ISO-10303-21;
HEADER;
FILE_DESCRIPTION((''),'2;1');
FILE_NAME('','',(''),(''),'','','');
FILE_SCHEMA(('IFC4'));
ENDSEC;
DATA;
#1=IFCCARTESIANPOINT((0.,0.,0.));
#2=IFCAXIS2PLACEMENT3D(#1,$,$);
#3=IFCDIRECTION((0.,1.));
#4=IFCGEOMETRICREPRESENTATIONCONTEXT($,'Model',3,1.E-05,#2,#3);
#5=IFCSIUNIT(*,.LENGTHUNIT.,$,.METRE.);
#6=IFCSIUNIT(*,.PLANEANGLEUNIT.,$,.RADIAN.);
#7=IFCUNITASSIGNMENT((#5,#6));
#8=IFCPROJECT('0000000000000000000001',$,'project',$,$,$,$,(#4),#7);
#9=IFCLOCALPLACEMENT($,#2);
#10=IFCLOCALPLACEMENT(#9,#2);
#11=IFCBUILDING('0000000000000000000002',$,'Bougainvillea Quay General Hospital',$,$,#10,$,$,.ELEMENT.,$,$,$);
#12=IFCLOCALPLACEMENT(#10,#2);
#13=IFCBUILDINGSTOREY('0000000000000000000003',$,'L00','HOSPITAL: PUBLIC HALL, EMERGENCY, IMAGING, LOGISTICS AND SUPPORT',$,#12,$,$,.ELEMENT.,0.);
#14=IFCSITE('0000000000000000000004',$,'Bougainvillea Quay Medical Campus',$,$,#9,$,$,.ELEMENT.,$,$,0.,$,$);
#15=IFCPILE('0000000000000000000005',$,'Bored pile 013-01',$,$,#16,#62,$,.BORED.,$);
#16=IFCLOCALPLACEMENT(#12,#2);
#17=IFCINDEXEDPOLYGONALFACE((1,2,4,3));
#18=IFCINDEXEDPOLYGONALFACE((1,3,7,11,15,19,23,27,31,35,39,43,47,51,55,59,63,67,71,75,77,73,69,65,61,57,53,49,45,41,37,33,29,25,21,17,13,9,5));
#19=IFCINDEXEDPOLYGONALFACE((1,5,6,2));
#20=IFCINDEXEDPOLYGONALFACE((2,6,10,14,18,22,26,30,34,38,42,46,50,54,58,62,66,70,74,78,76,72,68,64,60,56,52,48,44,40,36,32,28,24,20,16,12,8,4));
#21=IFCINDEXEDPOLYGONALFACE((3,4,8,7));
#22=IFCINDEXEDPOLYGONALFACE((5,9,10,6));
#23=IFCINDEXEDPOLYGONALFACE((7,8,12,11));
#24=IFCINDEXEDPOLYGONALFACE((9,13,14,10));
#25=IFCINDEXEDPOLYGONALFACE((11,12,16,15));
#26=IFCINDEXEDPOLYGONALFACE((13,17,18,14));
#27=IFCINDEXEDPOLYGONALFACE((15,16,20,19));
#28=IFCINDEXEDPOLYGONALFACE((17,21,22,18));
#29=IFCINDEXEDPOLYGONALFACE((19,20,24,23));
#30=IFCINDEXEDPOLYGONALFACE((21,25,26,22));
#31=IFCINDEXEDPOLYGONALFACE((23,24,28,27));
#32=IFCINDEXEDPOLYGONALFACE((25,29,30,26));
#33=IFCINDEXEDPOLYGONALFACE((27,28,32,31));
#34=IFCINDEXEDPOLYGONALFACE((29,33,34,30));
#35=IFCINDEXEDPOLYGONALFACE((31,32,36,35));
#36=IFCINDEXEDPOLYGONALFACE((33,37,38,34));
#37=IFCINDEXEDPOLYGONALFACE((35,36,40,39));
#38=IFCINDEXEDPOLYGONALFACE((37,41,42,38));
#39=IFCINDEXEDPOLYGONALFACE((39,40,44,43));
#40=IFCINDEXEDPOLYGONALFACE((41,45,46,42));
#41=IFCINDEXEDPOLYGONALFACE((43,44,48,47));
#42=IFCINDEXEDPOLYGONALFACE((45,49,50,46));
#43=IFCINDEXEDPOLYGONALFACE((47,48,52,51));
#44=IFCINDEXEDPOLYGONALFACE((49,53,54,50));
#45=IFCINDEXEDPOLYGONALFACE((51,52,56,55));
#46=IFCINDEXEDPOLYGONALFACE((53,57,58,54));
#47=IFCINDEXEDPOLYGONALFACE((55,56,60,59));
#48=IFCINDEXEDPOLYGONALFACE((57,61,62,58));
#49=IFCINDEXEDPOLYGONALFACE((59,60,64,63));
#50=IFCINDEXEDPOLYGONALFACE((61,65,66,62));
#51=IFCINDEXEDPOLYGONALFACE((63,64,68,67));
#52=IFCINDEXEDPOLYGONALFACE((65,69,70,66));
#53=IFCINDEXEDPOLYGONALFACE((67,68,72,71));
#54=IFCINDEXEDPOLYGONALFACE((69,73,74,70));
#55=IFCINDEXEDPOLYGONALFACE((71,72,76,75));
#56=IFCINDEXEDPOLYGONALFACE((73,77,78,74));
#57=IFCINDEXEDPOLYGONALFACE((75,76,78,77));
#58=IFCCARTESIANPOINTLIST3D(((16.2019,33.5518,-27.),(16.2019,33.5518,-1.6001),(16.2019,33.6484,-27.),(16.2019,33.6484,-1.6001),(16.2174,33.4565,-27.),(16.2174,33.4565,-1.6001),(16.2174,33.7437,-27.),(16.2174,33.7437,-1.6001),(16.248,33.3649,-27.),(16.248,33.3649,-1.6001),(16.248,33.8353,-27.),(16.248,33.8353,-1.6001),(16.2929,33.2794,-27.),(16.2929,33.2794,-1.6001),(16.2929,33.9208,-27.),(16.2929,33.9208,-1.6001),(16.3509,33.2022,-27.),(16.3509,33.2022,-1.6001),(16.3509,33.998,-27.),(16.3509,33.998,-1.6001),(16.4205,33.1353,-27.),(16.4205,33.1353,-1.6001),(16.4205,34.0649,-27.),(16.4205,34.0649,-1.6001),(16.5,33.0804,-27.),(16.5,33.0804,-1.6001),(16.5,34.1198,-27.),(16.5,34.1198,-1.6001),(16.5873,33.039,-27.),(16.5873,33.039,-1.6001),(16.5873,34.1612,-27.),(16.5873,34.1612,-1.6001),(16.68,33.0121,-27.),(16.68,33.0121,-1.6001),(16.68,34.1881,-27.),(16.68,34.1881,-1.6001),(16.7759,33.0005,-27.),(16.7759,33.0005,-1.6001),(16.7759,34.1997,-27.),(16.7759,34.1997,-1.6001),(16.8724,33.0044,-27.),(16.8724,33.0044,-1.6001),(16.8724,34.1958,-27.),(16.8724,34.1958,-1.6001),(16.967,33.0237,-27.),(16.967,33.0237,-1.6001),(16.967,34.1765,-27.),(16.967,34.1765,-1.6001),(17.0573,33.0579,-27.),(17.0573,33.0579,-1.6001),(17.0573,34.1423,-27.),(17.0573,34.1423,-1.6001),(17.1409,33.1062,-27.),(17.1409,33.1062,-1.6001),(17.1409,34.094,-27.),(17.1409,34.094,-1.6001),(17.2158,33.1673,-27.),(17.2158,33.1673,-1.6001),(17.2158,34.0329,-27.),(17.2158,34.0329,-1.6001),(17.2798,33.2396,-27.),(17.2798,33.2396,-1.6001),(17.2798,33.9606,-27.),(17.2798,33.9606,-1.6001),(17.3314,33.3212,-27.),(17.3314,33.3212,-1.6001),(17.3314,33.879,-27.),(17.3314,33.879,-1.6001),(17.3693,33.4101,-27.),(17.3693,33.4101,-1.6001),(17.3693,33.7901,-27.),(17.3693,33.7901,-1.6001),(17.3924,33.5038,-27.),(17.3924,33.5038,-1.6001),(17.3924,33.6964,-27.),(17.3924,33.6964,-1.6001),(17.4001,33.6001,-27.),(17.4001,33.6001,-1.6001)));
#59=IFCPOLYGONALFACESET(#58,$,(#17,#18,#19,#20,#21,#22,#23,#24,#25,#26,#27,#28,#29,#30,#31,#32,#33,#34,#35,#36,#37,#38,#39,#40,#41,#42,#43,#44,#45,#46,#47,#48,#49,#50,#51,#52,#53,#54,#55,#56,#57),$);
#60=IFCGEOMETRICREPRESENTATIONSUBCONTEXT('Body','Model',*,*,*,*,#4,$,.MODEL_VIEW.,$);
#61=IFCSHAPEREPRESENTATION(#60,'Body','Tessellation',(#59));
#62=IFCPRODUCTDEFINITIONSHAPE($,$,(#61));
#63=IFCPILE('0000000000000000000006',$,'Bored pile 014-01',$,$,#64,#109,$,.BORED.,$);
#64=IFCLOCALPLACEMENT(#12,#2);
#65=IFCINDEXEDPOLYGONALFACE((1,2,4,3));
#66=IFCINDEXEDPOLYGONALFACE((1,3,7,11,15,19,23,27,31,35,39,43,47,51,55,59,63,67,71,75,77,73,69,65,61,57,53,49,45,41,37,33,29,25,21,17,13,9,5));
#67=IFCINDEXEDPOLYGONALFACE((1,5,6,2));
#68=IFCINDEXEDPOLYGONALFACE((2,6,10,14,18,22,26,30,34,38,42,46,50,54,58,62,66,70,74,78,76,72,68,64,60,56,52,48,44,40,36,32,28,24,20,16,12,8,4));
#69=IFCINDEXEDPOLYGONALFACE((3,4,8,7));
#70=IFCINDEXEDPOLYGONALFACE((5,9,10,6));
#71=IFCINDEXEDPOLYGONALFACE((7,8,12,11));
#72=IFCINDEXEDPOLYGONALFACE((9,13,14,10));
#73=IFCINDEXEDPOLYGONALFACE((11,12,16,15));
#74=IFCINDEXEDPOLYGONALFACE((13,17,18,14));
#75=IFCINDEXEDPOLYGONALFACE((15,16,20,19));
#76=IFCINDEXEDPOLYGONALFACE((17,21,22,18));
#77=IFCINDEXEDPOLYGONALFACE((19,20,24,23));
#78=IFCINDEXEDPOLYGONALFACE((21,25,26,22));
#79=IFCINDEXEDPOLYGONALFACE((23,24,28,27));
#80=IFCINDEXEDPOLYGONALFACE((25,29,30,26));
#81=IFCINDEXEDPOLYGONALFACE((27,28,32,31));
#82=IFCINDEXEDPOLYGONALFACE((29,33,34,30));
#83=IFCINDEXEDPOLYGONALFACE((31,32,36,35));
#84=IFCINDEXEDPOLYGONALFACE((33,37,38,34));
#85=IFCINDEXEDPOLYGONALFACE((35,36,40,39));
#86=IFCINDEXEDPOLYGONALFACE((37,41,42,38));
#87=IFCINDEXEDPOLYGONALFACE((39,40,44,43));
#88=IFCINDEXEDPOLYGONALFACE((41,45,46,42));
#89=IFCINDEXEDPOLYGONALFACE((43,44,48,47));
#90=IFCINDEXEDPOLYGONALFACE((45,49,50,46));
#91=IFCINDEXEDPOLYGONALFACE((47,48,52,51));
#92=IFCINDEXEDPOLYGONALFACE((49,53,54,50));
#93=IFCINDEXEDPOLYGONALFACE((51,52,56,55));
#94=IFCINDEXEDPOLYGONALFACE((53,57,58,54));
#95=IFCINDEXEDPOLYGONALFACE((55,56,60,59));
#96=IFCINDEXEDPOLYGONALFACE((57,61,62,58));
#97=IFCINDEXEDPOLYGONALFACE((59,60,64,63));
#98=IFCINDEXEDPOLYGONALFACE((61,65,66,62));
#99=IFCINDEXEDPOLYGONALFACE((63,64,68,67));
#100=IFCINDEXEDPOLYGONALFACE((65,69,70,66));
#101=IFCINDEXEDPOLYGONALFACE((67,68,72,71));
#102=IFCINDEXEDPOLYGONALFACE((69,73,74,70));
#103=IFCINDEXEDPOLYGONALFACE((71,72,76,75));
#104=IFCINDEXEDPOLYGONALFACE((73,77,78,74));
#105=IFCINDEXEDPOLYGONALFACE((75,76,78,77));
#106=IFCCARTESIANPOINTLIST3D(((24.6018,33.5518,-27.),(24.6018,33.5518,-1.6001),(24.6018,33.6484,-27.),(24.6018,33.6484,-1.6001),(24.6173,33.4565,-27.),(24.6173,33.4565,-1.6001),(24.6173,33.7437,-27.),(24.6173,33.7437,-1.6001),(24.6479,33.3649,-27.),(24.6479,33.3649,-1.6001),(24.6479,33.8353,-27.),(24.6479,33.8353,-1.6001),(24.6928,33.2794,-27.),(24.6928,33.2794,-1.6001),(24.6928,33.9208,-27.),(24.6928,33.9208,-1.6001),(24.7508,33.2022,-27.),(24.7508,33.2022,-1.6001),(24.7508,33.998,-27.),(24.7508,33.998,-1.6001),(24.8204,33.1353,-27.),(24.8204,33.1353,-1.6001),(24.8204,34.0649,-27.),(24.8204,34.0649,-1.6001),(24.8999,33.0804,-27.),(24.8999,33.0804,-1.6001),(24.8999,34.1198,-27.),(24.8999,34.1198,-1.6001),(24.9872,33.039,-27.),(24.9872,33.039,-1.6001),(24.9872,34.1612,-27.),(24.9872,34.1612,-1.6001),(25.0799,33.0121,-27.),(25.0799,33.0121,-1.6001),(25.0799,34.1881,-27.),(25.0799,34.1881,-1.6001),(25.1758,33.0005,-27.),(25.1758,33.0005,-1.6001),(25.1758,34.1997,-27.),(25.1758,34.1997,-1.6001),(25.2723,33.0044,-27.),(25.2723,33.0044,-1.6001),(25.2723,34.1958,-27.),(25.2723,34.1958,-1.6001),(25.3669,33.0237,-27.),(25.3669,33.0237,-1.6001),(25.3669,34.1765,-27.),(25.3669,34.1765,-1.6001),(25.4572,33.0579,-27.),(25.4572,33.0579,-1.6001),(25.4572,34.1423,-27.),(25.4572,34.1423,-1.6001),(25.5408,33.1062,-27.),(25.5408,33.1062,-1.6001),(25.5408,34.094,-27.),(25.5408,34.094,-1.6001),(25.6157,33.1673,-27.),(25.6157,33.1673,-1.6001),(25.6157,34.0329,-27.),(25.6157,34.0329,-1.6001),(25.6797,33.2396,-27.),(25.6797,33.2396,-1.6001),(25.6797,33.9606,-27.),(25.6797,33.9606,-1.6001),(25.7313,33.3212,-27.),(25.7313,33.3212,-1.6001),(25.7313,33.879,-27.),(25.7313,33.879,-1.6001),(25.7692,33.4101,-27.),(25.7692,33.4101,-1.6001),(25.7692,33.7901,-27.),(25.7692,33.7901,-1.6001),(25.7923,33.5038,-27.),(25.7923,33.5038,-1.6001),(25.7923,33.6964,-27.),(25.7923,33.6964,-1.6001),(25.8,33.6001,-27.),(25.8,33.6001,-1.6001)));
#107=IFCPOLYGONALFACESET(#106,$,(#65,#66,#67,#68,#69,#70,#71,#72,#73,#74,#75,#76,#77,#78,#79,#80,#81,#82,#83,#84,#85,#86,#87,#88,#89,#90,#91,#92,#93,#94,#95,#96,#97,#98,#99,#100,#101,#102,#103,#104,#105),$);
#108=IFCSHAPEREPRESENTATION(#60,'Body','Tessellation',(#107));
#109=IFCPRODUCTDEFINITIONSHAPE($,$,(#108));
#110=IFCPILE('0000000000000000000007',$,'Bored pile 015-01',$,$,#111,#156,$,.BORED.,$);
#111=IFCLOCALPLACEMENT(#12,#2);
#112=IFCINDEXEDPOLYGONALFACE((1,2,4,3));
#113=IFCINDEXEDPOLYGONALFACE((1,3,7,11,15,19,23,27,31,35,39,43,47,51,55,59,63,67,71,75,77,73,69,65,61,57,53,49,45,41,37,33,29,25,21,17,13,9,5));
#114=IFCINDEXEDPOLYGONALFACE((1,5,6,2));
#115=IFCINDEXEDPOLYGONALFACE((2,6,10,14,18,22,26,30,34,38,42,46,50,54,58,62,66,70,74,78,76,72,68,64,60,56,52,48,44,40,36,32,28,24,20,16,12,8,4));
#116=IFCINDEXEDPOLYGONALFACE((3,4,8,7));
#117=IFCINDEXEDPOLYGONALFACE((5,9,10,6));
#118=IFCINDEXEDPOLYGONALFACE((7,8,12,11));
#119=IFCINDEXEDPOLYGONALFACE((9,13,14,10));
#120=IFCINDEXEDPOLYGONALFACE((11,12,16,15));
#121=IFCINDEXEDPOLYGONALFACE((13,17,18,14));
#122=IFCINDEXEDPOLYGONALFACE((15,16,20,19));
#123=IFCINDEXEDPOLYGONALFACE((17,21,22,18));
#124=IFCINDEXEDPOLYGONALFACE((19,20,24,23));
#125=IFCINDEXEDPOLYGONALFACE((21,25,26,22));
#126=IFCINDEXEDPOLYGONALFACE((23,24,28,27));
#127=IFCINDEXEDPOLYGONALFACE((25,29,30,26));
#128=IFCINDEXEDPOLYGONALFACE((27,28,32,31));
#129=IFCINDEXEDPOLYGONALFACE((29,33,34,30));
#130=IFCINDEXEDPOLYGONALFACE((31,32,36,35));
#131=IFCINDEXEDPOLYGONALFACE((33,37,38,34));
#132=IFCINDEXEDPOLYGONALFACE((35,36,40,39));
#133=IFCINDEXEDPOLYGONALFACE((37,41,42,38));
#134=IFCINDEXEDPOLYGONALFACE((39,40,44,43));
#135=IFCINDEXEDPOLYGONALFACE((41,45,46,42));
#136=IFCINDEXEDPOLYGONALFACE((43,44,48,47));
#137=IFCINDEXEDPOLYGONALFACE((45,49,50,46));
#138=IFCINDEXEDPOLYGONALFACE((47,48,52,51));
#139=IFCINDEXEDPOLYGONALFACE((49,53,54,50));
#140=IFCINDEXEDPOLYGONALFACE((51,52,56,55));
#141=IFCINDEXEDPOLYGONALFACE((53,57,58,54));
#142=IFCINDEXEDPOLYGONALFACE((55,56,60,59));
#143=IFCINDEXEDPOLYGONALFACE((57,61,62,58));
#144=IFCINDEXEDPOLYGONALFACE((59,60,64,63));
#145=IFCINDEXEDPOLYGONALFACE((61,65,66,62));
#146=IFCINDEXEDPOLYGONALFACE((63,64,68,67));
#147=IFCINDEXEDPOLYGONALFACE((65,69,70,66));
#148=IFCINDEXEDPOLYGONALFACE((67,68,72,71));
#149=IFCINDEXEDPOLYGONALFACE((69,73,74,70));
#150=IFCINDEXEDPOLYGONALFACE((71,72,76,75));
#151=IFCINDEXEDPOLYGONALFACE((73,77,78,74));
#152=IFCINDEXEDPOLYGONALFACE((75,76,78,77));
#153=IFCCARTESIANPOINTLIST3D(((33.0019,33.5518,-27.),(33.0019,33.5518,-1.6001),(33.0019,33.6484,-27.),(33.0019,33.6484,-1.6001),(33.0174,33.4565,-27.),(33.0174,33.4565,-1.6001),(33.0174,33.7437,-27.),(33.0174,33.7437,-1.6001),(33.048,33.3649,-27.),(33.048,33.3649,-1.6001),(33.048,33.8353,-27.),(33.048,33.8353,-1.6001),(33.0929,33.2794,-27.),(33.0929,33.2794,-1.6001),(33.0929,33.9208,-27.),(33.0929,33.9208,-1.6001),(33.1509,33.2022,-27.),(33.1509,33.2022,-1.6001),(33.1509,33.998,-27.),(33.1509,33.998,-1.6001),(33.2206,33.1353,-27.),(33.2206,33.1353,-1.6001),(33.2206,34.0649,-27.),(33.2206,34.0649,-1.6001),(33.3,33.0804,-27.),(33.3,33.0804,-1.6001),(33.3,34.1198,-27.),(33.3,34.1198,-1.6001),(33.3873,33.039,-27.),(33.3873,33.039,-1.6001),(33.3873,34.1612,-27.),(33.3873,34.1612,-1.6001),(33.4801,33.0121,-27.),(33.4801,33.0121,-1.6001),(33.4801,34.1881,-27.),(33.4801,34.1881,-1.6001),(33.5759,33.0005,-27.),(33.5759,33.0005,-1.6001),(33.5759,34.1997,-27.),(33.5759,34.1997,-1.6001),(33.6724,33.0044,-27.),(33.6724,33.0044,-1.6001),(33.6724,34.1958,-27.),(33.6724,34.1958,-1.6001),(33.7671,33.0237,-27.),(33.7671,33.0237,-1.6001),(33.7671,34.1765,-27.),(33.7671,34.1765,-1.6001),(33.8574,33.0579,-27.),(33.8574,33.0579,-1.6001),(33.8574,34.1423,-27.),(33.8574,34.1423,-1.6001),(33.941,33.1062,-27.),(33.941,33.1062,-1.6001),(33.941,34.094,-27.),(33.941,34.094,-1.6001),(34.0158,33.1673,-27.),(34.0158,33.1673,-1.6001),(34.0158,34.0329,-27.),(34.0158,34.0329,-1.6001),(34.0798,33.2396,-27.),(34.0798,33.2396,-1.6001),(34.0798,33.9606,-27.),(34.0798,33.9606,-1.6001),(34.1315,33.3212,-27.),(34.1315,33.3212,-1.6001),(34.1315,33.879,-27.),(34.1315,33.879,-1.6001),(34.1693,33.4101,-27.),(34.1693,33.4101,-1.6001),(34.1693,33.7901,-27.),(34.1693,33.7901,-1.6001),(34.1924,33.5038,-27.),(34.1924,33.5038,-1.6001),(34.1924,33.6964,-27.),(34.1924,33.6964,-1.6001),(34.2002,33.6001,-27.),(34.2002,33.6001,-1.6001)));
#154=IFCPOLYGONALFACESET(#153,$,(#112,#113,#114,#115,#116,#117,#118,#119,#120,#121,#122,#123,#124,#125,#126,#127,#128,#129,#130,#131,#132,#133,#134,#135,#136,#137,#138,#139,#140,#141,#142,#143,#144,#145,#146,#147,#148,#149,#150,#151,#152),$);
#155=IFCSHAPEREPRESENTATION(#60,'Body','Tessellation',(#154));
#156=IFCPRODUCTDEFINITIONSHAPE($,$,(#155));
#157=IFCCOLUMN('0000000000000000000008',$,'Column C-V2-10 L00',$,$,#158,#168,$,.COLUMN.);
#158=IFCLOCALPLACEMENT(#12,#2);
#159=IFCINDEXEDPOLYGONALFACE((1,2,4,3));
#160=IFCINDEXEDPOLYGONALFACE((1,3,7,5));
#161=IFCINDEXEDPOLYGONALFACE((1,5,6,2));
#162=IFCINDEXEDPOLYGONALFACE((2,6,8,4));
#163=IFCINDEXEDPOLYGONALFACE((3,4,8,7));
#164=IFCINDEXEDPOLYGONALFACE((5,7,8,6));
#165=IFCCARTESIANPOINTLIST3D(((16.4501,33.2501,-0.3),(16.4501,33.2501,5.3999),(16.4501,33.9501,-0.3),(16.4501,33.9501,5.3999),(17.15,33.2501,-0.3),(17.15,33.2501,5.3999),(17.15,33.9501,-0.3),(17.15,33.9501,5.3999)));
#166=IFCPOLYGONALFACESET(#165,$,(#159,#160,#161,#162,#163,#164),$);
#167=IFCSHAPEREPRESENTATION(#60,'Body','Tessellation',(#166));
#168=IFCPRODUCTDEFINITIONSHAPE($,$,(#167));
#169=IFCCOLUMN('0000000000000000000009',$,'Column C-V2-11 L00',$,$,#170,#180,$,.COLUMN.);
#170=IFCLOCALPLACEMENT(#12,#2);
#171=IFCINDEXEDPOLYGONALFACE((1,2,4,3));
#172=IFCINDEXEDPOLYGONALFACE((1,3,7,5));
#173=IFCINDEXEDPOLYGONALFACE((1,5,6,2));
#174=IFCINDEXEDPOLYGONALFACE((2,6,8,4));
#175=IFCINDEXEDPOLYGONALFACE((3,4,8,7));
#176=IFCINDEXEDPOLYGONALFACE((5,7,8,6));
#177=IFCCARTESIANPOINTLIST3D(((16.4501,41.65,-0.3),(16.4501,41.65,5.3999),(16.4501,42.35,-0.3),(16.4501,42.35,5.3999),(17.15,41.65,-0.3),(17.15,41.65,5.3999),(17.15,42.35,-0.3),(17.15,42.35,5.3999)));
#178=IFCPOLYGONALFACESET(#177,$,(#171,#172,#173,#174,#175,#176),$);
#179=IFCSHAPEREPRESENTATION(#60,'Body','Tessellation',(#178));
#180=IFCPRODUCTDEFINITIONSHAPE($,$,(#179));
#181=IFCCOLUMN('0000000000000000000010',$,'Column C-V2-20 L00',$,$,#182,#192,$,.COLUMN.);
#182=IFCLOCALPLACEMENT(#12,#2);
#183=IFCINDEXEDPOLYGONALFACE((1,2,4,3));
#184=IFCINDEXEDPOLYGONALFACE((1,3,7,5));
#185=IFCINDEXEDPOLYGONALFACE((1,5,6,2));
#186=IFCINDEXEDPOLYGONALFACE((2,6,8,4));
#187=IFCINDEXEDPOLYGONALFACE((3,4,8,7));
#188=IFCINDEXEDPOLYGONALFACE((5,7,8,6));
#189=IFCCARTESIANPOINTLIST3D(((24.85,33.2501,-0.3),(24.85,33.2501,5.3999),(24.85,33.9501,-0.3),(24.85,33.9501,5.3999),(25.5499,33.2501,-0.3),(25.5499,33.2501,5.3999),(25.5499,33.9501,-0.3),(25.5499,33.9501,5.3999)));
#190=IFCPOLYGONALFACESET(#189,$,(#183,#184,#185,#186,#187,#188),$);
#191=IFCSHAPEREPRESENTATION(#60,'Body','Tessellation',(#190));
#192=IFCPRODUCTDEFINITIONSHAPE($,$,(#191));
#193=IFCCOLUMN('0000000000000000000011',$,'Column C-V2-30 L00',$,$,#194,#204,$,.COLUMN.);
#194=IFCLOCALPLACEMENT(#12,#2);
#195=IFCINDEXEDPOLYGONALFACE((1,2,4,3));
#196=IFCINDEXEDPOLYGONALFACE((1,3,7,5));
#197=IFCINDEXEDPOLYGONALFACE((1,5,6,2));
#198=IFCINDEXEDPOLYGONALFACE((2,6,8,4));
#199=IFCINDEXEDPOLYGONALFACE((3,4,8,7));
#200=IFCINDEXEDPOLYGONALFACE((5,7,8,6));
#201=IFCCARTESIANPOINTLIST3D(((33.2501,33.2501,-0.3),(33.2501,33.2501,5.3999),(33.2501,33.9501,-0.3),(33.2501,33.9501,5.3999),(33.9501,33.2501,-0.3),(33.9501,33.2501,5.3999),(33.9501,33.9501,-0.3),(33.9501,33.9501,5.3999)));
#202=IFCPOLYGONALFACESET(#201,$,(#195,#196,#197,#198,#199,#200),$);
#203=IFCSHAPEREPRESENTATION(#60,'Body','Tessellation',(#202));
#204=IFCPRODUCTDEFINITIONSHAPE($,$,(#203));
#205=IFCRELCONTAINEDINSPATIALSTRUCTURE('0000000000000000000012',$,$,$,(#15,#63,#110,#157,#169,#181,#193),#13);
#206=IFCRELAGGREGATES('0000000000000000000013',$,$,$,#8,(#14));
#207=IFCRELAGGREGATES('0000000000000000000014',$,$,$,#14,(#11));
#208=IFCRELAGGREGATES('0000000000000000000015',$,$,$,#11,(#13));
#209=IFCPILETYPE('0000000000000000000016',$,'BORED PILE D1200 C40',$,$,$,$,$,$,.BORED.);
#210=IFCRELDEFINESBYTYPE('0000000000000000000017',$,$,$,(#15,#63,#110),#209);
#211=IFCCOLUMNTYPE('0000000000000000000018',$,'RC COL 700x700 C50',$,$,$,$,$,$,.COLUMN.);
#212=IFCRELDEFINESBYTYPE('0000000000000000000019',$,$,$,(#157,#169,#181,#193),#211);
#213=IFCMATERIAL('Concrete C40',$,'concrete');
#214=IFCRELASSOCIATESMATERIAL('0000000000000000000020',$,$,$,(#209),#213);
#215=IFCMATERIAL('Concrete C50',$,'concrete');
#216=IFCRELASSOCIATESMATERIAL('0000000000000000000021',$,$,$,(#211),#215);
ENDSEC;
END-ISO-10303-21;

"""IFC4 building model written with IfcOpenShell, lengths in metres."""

from ifc_helpers import new_model, si_unit, direction, frame, origin, origin_2d, place, context, subcontext, project, spatial, rectangle, circle, extrude, material, material_profile, profile_set, type_object, element, save


model = new_model("IFC4")

# Units and contexts
model_context = context("Model", 3, precision=1e-05, world=origin(), true_north=direction((0.0, 1.0)))
body_context = subcontext(model_context, "Body", "Model", "MODEL_VIEW")
ifc_project = project(units=[si_unit("LENGTHUNIT", "METRE"), si_unit("PLANEANGLEUNIT", "RADIAN")], contexts=[model_context])

# Site, building, storey
site_placement = place(None, origin())
site = spatial("IfcSite", under=ifc_project, at=site_placement, Name="Bougainvillea Quay Medical Campus", CompositionType="ELEMENT", RefElevation=0.0)
building_placement = place(site_placement, origin())
building = spatial("IfcBuilding", under=site, at=building_placement, Name="Bougainvillea Quay General Hospital", CompositionType="ELEMENT")
storey_placement = place(building_placement, origin())
storey = spatial("IfcBuildingStorey", under=building, at=storey_placement, Name="L00", Description="HOSPITAL: PUBLIC HALL, EMERGENCY, IMAGING, LOGISTICS AND SUPPORT", CompositionType="ELEMENT", Elevation=0.0)

# Piles
ifc_material_1 = material(Name="Concrete C40", Category="concrete")
ifc_material_profile_1 = material_profile(ifc_material_1, circle(Radius=0.6001, at=origin_2d()))
ifc_profile_set_1 = profile_set([ifc_material_profile_1], Name="Concrete C40")
pile_type = type_object("IfcPileType", Name="BORED PILE D1200 C40", PredefinedType="BORED", material=ifc_profile_set_1)
for number, where, z_axis, x_axis, name in (
    (1, (16.8, 33.6001, -1.6001), (0.0, 0.0, -1.0), (1.0, 0.0, 0.0), "Bored pile 013-01"),
    (2, (25.2, 33.6001, -1.6001), (0.0, 0.0, -1.0), (1.0, 0.0, 0.0), "Bored pile 014-01"),
    (3, (33.6001, 33.6001, -1.6001), (0.0, 0.0, -1.0), (1.0, 0.0, 0.0), "Bored pile 015-01"),
):
    element("IfcPile", number, at=place(storey_placement, frame(where, z_axis=z_axis, x_axis=x_axis)), inside=storey, type_object=pile_type, Name=name, PredefinedType="BORED", context=body_context, shape_type="SweptSolid", body=[
        extrude(circle(Radius=0.6001, at=origin_2d()), origin(), (0.0, 0.0, 1.0), 25.3999),
    ])

# Columns
ifc_material_2 = material(Name="Concrete C50", Category="concrete")
ifc_material_profile_2 = material_profile(ifc_material_2, rectangle(XDim=0.7, YDim=0.7, at=origin_2d()))
ifc_profile_set_2 = profile_set([ifc_material_profile_2], Name="Concrete C50")
column_type = type_object("IfcColumnType", Name="RC COL 700x700 C50", PredefinedType="COLUMN", material=ifc_profile_set_2)
for number, where, z_axis, x_axis, name in (
    (4, (16.8, 33.6001, -0.3), (0.0, 0.0, 1.0), (1.0, 0.0, 0.0), "Column C-V2-10 L00"),
    (5, (16.8, 42.0, -0.3), (0.0, 0.0, 1.0), (1.0, 0.0, 0.0), "Column C-V2-11 L00"),
    (6, (25.2, 33.6001, -0.3), (0.0, 0.0, 1.0), (1.0, 0.0, 0.0), "Column C-V2-20 L00"),
    (7, (33.6001, 33.6001, -0.3), (0.0, 0.0, 1.0), (1.0, 0.0, 0.0), "Column C-V2-30 L00"),
):
    element("IfcColumn", number, at=place(storey_placement, frame(where, z_axis=z_axis, x_axis=x_axis)), inside=storey, type_object=column_type, Name=name, PredefinedType="COLUMN", context=body_context, shape_type="SweptSolid", body=[
        extrude(rectangle(XDim=0.7, YDim=0.7, at=origin_2d()), origin(), (0.0, 0.0, 1.0), 5.7),
    ])

save(model, "model.ifc")
